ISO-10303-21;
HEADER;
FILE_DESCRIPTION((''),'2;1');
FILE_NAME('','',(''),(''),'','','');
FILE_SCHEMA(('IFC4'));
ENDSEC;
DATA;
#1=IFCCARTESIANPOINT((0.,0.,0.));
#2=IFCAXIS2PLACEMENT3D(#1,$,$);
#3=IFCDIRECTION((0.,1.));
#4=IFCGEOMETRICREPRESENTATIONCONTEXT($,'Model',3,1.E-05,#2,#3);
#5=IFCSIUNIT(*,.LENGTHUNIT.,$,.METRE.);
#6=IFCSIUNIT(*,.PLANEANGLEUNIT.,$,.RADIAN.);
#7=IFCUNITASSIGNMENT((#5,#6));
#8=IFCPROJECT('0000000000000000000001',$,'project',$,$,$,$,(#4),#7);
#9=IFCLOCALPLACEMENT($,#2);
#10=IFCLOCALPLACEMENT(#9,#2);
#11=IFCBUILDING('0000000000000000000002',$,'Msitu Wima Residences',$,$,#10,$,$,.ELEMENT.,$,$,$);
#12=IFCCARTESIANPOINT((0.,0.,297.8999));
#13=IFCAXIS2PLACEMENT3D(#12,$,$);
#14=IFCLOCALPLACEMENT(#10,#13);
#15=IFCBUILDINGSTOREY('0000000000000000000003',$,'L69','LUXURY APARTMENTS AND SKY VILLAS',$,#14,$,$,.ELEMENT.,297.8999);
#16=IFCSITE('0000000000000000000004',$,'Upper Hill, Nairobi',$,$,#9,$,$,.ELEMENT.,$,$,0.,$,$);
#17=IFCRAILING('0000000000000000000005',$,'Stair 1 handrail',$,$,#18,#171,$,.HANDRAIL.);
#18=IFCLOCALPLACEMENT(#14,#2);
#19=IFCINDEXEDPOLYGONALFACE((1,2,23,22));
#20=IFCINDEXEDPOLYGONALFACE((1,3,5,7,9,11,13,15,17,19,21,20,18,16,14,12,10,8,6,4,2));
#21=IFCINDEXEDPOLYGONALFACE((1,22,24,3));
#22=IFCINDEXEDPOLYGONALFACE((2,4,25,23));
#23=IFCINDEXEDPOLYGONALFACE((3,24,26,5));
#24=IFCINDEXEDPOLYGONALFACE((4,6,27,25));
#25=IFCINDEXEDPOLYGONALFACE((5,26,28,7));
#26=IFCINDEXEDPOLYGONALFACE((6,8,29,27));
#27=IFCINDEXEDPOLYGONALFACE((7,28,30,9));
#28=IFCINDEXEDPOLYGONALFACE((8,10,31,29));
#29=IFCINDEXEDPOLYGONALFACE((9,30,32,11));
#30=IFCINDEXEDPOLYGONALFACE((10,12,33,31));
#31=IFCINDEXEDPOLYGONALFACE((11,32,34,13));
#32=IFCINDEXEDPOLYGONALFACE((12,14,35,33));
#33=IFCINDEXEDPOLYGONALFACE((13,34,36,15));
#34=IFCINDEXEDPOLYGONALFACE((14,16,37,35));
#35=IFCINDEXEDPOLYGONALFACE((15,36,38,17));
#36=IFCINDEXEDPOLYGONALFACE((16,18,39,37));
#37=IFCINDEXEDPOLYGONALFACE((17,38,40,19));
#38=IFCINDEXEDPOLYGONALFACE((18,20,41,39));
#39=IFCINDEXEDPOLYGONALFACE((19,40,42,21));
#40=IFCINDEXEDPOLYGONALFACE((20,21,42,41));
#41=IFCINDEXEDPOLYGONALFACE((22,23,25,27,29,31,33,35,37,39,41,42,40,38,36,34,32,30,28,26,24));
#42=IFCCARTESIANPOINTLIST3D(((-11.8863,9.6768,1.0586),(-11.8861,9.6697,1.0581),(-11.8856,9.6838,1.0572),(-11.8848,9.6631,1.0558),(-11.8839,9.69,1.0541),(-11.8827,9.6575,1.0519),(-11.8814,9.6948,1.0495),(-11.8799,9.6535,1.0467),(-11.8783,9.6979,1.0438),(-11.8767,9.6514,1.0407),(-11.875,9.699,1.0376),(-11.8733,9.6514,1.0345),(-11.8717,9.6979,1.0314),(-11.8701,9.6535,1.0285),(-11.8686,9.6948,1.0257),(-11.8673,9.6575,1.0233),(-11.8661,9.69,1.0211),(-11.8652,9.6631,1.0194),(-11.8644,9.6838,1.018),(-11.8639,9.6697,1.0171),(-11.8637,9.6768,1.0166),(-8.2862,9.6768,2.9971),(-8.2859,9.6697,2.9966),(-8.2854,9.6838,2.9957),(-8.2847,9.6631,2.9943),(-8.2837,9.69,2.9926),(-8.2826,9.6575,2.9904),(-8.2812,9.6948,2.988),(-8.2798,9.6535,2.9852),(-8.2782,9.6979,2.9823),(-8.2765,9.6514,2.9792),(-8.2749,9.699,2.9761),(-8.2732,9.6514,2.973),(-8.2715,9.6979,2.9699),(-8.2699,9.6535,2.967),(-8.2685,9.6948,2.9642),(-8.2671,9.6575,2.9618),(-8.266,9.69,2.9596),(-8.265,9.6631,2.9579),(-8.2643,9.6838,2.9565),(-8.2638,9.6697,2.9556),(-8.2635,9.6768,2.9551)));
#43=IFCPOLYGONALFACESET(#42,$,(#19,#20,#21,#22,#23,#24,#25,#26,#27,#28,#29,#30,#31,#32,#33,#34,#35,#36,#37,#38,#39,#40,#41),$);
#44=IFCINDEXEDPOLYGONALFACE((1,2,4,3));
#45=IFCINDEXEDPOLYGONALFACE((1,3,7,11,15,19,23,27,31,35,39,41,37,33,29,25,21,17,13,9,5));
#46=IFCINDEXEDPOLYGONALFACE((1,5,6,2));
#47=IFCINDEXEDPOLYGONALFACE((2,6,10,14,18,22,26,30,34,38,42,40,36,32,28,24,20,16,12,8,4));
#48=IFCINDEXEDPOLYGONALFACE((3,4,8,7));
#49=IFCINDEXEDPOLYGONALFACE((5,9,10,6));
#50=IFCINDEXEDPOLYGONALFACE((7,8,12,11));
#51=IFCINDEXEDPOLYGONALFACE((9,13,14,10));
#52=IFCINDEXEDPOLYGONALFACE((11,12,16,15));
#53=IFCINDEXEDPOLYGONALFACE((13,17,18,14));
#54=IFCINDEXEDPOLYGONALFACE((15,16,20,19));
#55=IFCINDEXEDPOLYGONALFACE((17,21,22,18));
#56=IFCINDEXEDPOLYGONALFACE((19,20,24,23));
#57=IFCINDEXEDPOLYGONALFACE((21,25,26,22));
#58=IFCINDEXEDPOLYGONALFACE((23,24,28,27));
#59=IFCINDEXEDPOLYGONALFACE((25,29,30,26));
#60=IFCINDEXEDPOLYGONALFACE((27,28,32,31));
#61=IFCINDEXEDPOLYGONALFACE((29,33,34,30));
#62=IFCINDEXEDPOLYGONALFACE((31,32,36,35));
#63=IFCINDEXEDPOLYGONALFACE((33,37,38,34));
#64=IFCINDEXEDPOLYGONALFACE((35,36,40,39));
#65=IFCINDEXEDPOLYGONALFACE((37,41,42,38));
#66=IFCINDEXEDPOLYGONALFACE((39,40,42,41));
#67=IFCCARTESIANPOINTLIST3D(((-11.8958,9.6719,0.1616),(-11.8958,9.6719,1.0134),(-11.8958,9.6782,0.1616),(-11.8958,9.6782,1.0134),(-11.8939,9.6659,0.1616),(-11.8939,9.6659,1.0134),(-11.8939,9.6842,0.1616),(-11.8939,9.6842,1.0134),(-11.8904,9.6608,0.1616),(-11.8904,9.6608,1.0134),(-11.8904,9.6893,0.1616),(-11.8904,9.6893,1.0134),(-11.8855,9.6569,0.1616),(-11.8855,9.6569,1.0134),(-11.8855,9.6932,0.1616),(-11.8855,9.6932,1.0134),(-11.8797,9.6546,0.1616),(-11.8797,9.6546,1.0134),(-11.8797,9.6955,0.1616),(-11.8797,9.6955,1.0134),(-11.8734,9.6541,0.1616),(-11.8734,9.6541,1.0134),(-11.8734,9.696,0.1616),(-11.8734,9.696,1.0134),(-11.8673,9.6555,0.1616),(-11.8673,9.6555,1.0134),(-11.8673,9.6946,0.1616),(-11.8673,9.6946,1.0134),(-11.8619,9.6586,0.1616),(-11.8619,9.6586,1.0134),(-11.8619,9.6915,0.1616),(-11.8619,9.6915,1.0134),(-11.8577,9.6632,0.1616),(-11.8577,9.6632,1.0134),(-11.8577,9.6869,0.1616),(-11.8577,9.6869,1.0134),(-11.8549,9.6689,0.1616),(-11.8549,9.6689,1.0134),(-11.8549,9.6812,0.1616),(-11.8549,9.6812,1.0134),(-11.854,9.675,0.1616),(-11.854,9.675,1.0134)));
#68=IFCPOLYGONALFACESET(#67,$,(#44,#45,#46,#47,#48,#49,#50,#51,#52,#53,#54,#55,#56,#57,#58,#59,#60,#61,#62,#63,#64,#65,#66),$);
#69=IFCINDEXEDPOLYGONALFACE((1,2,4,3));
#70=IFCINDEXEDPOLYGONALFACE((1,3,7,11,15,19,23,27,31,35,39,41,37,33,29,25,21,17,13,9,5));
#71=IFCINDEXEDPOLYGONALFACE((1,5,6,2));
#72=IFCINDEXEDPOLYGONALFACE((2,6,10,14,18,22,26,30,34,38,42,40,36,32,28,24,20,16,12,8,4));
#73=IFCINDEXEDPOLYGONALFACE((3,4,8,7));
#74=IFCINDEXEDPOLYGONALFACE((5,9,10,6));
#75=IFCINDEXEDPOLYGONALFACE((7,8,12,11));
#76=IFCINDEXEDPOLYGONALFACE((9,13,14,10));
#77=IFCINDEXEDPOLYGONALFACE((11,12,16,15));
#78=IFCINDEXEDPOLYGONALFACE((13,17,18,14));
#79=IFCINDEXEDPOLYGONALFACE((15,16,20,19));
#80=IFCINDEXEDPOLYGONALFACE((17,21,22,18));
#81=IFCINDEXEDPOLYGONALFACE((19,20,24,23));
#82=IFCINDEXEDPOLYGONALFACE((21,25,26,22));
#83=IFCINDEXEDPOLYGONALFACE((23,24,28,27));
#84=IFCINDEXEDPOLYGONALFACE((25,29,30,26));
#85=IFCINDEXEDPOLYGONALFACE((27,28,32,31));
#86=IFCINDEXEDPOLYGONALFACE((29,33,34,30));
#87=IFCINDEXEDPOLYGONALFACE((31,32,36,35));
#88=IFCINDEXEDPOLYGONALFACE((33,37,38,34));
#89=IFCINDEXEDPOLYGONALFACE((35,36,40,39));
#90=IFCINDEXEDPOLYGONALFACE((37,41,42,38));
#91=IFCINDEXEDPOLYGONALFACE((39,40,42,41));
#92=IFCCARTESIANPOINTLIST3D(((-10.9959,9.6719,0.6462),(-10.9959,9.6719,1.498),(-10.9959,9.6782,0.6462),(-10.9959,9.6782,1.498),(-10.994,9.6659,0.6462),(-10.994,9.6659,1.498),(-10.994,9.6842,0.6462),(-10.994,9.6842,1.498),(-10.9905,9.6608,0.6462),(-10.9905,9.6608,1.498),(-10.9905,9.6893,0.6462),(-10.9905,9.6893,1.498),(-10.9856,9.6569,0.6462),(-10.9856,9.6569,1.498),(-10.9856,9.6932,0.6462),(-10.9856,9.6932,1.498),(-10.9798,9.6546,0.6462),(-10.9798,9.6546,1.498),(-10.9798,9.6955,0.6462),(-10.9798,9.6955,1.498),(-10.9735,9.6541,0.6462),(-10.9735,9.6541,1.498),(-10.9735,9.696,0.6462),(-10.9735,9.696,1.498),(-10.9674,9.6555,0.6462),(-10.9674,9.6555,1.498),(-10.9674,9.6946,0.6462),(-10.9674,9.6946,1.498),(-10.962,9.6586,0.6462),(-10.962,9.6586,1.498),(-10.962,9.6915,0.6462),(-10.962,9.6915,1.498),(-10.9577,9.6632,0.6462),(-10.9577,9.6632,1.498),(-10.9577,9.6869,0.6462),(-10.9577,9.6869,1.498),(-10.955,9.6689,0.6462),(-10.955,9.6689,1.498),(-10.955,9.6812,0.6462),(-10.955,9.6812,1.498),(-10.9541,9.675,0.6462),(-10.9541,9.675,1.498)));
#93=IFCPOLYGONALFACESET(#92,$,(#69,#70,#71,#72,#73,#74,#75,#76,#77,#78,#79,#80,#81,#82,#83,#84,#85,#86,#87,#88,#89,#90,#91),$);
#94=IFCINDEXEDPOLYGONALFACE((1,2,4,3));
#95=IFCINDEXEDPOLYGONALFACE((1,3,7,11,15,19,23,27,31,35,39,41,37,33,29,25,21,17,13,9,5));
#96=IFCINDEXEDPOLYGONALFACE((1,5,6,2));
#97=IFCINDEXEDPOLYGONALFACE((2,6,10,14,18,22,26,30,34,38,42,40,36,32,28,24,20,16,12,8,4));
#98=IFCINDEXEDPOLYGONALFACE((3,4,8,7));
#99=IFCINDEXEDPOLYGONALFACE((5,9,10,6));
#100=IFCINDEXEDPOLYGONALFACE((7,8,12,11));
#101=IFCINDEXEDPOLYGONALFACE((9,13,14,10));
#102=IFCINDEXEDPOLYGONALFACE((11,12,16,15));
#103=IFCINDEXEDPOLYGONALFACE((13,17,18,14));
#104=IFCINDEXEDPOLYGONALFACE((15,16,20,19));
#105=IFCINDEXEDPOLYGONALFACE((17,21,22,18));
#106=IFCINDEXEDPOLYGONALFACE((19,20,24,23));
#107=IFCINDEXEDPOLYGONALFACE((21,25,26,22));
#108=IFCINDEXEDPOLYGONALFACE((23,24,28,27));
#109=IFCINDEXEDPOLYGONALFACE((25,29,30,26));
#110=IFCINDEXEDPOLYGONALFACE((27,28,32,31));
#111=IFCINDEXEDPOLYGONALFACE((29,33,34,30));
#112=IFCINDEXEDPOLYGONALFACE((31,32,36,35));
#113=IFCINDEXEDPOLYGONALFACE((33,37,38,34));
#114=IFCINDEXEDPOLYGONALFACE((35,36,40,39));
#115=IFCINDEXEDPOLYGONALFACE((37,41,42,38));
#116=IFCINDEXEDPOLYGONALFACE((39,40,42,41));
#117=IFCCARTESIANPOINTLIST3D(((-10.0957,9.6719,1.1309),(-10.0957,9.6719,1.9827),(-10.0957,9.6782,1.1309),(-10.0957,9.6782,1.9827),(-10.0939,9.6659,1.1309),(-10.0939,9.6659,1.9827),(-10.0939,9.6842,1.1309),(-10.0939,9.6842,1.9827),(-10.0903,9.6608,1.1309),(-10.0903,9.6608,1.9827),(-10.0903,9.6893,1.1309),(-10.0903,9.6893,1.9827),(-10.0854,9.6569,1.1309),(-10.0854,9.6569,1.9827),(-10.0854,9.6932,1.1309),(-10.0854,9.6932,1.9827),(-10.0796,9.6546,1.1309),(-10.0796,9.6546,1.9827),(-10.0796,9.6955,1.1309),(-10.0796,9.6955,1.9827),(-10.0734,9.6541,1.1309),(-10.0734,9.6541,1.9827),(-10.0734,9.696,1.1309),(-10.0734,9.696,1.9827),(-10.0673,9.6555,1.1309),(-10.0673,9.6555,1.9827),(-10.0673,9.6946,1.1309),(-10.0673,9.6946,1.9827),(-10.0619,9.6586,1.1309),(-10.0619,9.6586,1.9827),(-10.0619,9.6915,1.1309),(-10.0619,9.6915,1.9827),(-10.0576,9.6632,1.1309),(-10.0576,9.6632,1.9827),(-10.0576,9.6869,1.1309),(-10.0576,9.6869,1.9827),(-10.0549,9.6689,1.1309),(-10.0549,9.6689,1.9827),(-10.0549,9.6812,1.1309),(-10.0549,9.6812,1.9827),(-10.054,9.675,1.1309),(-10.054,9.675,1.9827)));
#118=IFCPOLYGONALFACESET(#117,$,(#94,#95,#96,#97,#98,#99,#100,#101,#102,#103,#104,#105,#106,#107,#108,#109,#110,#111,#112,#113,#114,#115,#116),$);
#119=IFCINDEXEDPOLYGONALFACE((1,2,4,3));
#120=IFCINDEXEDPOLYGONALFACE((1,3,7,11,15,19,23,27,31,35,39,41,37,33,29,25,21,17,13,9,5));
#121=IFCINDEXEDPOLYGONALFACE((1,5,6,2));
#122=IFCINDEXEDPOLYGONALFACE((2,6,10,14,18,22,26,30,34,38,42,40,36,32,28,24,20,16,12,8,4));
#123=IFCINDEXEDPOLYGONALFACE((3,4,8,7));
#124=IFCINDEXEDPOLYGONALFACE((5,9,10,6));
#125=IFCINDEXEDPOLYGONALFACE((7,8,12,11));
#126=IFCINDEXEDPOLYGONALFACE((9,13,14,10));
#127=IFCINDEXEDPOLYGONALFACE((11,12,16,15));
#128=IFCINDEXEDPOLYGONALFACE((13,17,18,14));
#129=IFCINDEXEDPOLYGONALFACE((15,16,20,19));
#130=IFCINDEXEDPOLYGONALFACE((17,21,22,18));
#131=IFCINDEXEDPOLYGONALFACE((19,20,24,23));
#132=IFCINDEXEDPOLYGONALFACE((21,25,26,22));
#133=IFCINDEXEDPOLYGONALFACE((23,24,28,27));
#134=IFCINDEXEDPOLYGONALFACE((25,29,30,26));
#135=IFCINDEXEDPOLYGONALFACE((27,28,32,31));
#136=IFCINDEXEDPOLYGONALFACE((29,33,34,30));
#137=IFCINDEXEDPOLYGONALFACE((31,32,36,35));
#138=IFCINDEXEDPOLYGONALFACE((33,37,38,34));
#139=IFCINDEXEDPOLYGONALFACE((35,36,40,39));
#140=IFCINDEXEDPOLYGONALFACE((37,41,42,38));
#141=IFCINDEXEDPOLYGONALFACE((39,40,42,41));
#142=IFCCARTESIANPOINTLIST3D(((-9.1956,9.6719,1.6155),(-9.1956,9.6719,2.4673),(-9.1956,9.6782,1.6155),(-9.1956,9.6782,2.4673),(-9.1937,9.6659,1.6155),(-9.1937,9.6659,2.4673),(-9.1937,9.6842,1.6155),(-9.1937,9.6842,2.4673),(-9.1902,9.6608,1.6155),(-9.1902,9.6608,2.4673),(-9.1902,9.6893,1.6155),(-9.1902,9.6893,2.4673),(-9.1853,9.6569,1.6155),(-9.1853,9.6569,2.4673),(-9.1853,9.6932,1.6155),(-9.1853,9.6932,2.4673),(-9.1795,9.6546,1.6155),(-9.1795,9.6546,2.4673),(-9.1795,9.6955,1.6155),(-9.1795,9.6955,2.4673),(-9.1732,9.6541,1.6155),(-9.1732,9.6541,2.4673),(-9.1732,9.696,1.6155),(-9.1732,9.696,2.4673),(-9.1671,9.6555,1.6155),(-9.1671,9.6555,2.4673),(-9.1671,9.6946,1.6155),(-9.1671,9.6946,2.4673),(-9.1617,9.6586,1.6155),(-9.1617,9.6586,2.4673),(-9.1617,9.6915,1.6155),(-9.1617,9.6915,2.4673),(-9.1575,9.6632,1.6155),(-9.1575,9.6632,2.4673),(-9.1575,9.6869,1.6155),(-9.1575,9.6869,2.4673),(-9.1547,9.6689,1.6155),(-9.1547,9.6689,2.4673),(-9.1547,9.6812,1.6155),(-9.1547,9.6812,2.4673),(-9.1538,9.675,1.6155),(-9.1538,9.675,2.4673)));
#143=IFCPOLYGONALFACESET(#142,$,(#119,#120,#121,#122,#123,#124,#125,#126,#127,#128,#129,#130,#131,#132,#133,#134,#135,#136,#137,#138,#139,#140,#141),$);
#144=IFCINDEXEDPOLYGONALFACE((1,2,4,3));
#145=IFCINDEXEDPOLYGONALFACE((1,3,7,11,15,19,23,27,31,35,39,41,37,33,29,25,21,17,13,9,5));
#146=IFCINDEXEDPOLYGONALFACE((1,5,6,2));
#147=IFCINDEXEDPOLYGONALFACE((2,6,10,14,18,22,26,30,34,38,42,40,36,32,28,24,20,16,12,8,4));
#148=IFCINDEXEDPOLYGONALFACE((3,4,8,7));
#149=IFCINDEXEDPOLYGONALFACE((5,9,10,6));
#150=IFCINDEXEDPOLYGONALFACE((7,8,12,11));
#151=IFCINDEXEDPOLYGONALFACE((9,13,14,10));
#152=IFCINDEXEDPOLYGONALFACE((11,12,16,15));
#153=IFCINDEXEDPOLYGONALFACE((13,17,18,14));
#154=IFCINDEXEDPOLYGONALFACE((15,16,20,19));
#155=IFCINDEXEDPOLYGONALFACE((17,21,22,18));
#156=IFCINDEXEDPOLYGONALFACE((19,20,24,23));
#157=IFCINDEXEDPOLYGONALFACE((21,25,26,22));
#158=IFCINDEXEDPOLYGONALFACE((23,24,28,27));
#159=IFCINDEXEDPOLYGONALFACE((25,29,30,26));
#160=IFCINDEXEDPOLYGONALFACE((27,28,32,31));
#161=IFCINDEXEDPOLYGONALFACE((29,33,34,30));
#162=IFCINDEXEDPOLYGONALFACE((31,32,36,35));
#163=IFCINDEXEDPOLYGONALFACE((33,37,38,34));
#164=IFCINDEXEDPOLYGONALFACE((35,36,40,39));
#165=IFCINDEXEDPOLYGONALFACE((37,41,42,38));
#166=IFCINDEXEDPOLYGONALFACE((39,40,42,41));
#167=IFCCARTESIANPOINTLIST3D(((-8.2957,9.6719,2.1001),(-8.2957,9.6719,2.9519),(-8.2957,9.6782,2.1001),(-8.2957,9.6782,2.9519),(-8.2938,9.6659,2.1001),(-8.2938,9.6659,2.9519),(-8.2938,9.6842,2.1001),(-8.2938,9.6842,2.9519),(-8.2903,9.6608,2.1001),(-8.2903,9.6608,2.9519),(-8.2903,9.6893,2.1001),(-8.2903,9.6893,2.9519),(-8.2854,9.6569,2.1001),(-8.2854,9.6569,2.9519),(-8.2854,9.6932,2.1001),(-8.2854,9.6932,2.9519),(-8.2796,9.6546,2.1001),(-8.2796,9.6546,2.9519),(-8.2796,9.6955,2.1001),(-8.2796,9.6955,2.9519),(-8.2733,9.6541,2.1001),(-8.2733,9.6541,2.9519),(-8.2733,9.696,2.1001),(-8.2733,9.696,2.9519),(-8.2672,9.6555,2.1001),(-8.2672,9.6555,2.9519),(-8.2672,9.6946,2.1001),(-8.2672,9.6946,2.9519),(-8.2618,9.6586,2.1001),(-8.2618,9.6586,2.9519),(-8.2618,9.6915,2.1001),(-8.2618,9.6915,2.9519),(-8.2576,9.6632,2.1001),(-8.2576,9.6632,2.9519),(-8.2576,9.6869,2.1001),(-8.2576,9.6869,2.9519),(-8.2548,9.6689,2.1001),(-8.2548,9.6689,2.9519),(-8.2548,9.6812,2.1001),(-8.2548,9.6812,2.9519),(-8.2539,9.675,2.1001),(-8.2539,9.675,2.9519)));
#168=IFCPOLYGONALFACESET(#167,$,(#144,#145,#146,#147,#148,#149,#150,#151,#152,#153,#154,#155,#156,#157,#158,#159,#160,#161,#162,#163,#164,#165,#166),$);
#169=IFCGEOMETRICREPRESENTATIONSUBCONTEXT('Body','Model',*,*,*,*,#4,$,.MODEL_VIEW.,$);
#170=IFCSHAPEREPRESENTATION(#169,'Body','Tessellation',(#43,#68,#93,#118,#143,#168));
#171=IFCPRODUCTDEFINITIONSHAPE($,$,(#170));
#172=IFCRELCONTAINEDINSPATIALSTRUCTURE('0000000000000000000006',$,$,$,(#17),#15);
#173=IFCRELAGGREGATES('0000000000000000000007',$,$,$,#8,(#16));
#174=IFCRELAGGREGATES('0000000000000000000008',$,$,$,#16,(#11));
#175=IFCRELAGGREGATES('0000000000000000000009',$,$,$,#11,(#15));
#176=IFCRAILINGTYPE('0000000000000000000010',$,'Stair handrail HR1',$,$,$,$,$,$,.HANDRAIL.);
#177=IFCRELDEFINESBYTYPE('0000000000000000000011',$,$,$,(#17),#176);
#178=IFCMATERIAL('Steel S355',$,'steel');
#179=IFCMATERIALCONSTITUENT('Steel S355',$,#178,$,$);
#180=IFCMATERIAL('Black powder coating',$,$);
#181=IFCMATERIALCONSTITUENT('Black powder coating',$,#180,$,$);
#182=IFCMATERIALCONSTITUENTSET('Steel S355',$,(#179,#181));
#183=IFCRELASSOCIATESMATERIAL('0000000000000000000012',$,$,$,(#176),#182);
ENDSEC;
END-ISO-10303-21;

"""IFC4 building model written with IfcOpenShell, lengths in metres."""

from ifc_helpers import new_model, si_unit, direction, frame, origin, origin_2d, place, context, subcontext, project, spatial, circle, extrude, material, constituent, constituent_set, type_object, element, save


model = new_model("IFC4")

# Units and contexts
model_context = context("Model", 3, precision=1e-05, world=origin(), true_north=direction((0.0, 1.0)))
body_context = subcontext(model_context, "Body", "Model", "MODEL_VIEW")
ifc_project = project(units=[si_unit("LENGTHUNIT", "METRE"), si_unit("PLANEANGLEUNIT", "RADIAN")], contexts=[model_context])

# Site, building, storey
site_placement = place(None, origin())
site = spatial("IfcSite", under=ifc_project, at=site_placement, Name="Upper Hill, Nairobi", CompositionType="ELEMENT", RefElevation=0.0)
building_placement = place(site_placement, origin())
building = spatial("IfcBuilding", under=site, at=building_placement, Name="Msitu Wima Residences", CompositionType="ELEMENT")
storey_placement = place(building_placement, frame((0.0, 0.0, 297.8999)))
storey = spatial("IfcBuildingStorey", under=building, at=storey_placement, Name="L69", Description="LUXURY APARTMENTS AND SKY VILLAS", CompositionType="ELEMENT", Elevation=297.8999)

# Railing
ifc_material_1 = material(Name="Steel S355", Category="steel")
ifc_constituent_1 = constituent(ifc_material_1, Name="Steel S355")
ifc_material_2 = material(Name="Black powder coating")
ifc_constituent_2 = constituent(ifc_material_2, Name="Black powder coating")
ifc_constituent_set = constituent_set(constituents=[ifc_constituent_1, ifc_constituent_2], Name="Steel S355")
railing_type = type_object("IfcRailingType", Name="Stair handrail HR1", PredefinedType="HANDRAIL", material=ifc_constituent_set)
for number, where, name in (
    (1, (-11.875, 9.675, 0.1616), "Stair 1 handrail"),
):
    element("IfcRailing", number, at=place(storey_placement, frame(where)), inside=storey, type_object=railing_type, Name=name, PredefinedType="HANDRAIL", context=body_context, shape_type="SweptSolid", body=[
        extrude(circle(Radius=0.0239, at=origin_2d()), frame((0.0, 0.0, 0.876), z_axis=(0.880475, 0.0, 0.474093), x_axis=(0.0, 1.0, 0.0)), (0.0, 0.0, 1.0), 4.0889),
        extrude(circle(Radius=0.021, at=origin_2d()), origin(), (0.0, 0.0, 1.0), 0.8518),
        extrude(circle(Radius=0.021, at=origin_2d()), frame((0.8999, 0.0, 0.4846)), (0.0, 0.0, 1.0), 0.8518),
        extrude(circle(Radius=0.021, at=origin_2d()), frame((1.8, 0.0, 0.9692)), (0.0, 0.0, 1.0), 0.8518),
        extrude(circle(Radius=0.021, at=origin_2d()), frame((2.7002, 0.0, 1.4539)), (0.0, 0.0, 1.0), 0.8518),
        extrude(circle(Radius=0.021, at=origin_2d()), frame((3.6001, 0.0, 1.9385)), (0.0, 0.0, 1.0), 0.8518),
    ])

save(model, "model.ifc")
